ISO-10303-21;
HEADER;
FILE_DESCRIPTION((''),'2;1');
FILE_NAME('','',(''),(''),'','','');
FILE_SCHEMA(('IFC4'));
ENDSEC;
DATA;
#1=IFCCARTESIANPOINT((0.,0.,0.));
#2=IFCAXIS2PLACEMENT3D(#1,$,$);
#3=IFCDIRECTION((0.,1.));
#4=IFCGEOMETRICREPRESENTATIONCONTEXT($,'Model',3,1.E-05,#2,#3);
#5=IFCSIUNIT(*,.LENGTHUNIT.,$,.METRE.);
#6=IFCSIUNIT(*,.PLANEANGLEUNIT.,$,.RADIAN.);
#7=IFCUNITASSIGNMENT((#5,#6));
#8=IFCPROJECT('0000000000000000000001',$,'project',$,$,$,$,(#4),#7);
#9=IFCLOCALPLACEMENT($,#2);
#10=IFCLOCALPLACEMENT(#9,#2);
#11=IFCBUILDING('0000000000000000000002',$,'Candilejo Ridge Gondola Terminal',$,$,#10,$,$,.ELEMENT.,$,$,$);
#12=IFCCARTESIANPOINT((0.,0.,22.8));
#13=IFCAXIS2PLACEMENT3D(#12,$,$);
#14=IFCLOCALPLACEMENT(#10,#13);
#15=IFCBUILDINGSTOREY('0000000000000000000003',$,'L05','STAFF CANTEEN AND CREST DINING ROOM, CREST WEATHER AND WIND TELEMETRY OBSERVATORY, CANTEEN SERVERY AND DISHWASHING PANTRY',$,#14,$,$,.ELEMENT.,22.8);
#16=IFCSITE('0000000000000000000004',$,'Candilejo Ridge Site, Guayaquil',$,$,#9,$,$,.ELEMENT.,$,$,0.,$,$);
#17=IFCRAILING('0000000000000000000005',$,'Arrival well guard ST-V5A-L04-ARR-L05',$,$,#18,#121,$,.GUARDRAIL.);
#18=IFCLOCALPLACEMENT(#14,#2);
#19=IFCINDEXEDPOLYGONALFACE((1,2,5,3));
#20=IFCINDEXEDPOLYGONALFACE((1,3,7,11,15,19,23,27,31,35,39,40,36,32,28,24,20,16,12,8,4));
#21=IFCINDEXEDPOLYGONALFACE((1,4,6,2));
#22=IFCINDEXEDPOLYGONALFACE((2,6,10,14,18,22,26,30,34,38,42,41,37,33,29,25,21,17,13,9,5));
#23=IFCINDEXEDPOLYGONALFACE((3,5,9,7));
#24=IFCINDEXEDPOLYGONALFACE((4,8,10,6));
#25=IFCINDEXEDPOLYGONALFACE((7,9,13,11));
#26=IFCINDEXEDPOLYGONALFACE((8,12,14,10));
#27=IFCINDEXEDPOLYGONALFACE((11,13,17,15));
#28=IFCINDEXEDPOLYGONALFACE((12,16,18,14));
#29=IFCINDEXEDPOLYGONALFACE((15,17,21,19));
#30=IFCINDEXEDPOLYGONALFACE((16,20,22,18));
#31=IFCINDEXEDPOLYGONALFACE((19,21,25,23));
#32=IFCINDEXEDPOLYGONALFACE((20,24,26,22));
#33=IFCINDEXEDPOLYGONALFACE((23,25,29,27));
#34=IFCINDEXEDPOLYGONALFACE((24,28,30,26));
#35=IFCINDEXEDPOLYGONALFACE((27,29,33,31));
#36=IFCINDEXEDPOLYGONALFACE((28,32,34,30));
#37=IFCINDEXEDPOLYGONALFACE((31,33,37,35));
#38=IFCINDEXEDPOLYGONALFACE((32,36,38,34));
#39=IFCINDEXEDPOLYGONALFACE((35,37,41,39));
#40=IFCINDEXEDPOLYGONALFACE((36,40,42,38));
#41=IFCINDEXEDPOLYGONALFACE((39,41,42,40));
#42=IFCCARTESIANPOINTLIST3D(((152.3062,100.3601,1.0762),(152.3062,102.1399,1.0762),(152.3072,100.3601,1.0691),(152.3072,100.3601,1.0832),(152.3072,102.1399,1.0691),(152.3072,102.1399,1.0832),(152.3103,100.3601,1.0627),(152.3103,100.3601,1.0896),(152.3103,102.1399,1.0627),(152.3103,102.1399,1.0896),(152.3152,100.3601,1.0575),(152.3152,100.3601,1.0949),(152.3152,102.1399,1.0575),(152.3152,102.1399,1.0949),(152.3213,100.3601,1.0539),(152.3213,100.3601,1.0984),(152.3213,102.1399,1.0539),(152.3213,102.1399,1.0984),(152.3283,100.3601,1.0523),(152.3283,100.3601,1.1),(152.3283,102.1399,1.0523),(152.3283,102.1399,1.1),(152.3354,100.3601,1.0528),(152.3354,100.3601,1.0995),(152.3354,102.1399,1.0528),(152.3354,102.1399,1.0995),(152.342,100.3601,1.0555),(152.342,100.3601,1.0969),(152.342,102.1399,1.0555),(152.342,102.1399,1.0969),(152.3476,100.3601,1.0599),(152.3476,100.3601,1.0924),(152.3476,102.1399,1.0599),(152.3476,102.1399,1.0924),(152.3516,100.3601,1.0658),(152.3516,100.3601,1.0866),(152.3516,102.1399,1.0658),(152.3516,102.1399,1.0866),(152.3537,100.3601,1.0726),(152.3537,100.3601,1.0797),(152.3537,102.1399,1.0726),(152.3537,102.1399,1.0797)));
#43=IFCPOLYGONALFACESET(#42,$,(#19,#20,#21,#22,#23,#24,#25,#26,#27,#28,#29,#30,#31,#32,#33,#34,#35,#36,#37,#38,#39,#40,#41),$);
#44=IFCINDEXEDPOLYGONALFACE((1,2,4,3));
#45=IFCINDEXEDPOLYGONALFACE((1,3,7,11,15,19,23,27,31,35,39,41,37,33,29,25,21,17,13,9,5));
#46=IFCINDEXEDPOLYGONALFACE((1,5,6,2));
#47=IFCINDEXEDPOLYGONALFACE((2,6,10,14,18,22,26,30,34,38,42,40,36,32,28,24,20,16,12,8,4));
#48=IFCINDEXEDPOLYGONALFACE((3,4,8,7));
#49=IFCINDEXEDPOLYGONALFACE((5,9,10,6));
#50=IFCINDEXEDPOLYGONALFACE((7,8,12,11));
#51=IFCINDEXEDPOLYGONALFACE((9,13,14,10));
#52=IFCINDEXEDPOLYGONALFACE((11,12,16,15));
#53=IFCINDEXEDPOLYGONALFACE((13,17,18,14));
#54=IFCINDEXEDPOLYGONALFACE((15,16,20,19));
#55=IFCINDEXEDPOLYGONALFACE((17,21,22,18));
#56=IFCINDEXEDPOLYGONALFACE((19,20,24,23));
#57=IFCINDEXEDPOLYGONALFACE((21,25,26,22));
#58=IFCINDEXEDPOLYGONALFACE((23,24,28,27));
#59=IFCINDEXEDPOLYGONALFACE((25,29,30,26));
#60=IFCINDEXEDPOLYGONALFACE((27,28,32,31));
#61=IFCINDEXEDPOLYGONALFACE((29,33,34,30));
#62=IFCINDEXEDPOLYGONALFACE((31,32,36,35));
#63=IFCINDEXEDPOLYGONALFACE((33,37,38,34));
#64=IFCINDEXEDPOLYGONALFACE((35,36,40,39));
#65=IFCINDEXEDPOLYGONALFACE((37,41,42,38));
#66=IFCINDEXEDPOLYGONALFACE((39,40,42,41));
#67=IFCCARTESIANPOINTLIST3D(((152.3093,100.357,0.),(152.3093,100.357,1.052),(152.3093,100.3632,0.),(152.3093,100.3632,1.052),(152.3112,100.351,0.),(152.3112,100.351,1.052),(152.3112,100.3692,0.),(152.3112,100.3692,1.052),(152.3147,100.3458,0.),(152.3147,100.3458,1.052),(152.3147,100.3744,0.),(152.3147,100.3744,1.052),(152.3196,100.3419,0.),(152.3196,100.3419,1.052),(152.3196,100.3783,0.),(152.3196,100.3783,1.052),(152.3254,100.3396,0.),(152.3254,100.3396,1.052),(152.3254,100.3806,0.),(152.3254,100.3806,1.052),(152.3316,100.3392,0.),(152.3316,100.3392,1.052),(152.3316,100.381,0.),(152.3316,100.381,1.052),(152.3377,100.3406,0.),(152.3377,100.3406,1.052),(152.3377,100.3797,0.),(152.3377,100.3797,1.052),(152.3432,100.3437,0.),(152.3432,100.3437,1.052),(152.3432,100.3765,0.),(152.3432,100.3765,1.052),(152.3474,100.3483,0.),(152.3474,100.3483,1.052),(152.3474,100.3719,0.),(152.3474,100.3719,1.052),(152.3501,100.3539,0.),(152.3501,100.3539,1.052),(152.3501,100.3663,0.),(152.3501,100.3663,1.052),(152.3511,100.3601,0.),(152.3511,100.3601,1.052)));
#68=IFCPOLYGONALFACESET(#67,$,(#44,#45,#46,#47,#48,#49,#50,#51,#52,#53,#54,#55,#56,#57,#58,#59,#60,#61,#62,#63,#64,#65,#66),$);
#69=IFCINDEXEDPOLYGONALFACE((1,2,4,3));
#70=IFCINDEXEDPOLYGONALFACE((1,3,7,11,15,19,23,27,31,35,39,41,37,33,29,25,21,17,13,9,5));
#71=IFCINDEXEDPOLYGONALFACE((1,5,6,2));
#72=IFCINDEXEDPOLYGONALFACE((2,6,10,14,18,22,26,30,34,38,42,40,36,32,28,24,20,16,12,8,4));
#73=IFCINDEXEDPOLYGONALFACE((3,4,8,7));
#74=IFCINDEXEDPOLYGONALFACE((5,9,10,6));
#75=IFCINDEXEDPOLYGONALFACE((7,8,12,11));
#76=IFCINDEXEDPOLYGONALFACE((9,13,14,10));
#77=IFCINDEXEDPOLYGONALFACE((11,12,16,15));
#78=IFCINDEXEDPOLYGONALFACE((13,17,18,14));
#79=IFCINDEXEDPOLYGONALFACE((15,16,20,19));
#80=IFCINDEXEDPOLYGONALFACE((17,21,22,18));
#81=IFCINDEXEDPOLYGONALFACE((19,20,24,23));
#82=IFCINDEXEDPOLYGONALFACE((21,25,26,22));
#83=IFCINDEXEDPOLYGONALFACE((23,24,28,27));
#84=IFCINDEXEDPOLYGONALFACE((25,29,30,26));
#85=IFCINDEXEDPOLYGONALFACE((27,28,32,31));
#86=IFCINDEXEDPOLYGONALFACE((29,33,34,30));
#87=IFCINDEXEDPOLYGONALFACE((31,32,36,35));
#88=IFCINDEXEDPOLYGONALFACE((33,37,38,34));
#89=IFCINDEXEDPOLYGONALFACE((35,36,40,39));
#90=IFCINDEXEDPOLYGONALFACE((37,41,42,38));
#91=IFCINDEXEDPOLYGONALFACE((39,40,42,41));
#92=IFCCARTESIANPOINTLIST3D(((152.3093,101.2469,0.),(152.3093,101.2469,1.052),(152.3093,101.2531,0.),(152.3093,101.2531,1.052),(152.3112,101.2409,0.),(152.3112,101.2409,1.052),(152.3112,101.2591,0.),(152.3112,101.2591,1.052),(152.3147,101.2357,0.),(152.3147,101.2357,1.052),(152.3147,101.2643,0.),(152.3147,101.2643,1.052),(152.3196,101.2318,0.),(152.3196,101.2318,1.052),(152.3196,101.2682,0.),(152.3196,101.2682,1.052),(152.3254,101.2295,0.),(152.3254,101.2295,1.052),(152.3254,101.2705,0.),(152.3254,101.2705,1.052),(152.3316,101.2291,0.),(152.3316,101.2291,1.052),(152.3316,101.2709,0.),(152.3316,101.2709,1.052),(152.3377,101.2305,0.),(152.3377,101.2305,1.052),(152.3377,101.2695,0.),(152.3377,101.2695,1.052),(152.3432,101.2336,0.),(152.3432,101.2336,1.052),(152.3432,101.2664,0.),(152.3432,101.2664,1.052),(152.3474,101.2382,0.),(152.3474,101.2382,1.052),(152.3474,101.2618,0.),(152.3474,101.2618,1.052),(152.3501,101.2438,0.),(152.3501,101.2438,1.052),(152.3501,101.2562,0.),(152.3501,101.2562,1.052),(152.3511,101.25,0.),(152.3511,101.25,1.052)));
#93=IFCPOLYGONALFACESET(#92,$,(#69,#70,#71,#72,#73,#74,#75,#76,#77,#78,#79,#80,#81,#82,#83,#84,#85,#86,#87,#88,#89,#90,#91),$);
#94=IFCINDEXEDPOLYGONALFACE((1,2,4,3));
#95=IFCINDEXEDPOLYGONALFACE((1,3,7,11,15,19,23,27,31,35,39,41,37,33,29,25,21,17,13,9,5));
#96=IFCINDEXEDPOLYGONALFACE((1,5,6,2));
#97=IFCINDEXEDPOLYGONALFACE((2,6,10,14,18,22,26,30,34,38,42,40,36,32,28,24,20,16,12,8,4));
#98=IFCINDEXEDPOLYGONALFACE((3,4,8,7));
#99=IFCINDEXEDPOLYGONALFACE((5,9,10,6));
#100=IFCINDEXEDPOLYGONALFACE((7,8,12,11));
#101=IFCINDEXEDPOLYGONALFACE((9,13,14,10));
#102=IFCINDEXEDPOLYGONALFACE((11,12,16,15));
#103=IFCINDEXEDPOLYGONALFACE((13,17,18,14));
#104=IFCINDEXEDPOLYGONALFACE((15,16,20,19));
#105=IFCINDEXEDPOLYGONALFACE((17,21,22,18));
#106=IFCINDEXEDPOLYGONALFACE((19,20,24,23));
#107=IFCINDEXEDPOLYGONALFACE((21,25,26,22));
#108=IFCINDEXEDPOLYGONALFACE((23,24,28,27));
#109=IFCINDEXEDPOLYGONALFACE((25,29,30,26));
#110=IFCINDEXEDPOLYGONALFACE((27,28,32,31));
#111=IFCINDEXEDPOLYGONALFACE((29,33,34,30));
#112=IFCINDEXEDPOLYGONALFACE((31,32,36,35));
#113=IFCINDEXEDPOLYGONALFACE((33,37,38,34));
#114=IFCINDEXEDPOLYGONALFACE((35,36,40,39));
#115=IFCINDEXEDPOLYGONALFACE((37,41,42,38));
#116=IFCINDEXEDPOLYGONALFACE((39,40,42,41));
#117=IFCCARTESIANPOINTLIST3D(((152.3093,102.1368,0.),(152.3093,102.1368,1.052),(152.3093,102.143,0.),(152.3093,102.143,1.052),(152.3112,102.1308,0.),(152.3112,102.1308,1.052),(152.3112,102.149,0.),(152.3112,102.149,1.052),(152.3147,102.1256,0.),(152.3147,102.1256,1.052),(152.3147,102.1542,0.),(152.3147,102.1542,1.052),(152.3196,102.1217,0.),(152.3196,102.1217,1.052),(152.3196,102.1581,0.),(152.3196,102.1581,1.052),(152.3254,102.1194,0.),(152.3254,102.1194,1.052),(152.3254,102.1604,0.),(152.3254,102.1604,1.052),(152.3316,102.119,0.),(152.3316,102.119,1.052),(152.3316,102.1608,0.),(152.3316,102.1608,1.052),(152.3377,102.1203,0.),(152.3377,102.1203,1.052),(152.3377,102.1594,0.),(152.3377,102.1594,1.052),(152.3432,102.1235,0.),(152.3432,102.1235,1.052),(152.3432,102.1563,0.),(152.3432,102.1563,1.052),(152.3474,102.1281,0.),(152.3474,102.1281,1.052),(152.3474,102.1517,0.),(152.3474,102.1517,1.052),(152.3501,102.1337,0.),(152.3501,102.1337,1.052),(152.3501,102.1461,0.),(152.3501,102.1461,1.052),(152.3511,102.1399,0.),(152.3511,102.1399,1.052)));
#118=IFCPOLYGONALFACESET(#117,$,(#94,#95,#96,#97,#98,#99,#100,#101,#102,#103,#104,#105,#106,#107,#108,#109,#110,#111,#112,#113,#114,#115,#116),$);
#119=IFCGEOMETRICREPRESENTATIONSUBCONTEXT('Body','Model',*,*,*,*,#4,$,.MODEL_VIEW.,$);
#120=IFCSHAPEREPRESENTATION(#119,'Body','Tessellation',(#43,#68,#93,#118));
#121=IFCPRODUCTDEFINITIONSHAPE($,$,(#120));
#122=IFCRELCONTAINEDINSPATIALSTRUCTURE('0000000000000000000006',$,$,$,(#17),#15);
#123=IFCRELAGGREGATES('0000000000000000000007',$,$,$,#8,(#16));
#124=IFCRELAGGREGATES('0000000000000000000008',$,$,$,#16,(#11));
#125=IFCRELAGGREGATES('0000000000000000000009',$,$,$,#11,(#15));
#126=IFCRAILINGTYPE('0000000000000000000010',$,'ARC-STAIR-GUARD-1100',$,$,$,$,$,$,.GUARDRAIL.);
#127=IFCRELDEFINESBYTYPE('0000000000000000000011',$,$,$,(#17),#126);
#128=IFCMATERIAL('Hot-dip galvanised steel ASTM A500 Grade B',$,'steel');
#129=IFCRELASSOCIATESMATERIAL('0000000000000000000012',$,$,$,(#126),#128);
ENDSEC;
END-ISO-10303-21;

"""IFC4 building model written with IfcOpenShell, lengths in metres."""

from ifc_helpers import new_model, si_unit, direction, frame, origin, origin_2d, place, context, subcontext, project, spatial, circle, extrude, material, type_object, element, save


model = new_model("IFC4")

# Units and contexts
model_context = context("Model", 3, precision=1e-05, world=origin(), true_north=direction((0.0, 1.0)))
body_context = subcontext(model_context, "Body", "Model", "MODEL_VIEW")
ifc_project = project(units=[si_unit("LENGTHUNIT", "METRE"), si_unit("PLANEANGLEUNIT", "RADIAN")], contexts=[model_context])

# Site, building, storey
site_placement = place(None, origin())
site = spatial("IfcSite", under=ifc_project, at=site_placement, Name="Candilejo Ridge Site, Guayaquil", CompositionType="ELEMENT", RefElevation=0.0)
building_placement = place(site_placement, origin())
building = spatial("IfcBuilding", under=site, at=building_placement, Name="Candilejo Ridge Gondola Terminal", CompositionType="ELEMENT")
storey_placement = place(building_placement, frame((0.0, 0.0, 22.8)))
storey = spatial("IfcBuildingStorey", under=building, at=storey_placement, Name="L05", Description="STAFF CANTEEN AND CREST DINING ROOM, CREST WEATHER AND WIND TELEMETRY OBSERVATORY, CANTEEN SERVERY AND DISHWASHING PANTRY", CompositionType="ELEMENT", Elevation=22.8)

# Railing
ifc_material_1 = material(Name="Hot-dip galvanised steel ASTM A500 Grade B", Category="steel")
railing_type = type_object("IfcRailingType", Name="ARC-STAIR-GUARD-1100", PredefinedType="GUARDRAIL", material=ifc_material_1)
railing_placement = place(storey_placement, frame((152.3301, 100.3601, 0.0)))
element("IfcRailing", 1, at=railing_placement, inside=storey, type_object=railing_type, Name="Arrival well guard ST-V5A-L04-ARR-L05", PredefinedType="GUARDRAIL", context=body_context, shape_type="SweptSolid", body=[
    extrude(circle(Radius=0.0239, at=origin_2d()), frame((0.0, 0.0, 1.0762), z_axis=(0.0, 1.0, 0.0), x_axis=(-1.0, 0.0, 0.0)), (0.0, 0.0, 1.0), 1.7798),
    extrude(circle(Radius=0.021, at=origin_2d()), origin(), (0.0, 0.0, 1.0), 1.052),
    extrude(circle(Radius=0.021, at=origin_2d()), frame((0.0, 0.8899, 0.0)), (0.0, 0.0, 1.0), 1.052),
    extrude(circle(Radius=0.021, at=origin_2d()), frame((0.0, 1.7798, 0.0)), (0.0, 0.0, 1.0), 1.052),
])

save(model, "model.ifc")
